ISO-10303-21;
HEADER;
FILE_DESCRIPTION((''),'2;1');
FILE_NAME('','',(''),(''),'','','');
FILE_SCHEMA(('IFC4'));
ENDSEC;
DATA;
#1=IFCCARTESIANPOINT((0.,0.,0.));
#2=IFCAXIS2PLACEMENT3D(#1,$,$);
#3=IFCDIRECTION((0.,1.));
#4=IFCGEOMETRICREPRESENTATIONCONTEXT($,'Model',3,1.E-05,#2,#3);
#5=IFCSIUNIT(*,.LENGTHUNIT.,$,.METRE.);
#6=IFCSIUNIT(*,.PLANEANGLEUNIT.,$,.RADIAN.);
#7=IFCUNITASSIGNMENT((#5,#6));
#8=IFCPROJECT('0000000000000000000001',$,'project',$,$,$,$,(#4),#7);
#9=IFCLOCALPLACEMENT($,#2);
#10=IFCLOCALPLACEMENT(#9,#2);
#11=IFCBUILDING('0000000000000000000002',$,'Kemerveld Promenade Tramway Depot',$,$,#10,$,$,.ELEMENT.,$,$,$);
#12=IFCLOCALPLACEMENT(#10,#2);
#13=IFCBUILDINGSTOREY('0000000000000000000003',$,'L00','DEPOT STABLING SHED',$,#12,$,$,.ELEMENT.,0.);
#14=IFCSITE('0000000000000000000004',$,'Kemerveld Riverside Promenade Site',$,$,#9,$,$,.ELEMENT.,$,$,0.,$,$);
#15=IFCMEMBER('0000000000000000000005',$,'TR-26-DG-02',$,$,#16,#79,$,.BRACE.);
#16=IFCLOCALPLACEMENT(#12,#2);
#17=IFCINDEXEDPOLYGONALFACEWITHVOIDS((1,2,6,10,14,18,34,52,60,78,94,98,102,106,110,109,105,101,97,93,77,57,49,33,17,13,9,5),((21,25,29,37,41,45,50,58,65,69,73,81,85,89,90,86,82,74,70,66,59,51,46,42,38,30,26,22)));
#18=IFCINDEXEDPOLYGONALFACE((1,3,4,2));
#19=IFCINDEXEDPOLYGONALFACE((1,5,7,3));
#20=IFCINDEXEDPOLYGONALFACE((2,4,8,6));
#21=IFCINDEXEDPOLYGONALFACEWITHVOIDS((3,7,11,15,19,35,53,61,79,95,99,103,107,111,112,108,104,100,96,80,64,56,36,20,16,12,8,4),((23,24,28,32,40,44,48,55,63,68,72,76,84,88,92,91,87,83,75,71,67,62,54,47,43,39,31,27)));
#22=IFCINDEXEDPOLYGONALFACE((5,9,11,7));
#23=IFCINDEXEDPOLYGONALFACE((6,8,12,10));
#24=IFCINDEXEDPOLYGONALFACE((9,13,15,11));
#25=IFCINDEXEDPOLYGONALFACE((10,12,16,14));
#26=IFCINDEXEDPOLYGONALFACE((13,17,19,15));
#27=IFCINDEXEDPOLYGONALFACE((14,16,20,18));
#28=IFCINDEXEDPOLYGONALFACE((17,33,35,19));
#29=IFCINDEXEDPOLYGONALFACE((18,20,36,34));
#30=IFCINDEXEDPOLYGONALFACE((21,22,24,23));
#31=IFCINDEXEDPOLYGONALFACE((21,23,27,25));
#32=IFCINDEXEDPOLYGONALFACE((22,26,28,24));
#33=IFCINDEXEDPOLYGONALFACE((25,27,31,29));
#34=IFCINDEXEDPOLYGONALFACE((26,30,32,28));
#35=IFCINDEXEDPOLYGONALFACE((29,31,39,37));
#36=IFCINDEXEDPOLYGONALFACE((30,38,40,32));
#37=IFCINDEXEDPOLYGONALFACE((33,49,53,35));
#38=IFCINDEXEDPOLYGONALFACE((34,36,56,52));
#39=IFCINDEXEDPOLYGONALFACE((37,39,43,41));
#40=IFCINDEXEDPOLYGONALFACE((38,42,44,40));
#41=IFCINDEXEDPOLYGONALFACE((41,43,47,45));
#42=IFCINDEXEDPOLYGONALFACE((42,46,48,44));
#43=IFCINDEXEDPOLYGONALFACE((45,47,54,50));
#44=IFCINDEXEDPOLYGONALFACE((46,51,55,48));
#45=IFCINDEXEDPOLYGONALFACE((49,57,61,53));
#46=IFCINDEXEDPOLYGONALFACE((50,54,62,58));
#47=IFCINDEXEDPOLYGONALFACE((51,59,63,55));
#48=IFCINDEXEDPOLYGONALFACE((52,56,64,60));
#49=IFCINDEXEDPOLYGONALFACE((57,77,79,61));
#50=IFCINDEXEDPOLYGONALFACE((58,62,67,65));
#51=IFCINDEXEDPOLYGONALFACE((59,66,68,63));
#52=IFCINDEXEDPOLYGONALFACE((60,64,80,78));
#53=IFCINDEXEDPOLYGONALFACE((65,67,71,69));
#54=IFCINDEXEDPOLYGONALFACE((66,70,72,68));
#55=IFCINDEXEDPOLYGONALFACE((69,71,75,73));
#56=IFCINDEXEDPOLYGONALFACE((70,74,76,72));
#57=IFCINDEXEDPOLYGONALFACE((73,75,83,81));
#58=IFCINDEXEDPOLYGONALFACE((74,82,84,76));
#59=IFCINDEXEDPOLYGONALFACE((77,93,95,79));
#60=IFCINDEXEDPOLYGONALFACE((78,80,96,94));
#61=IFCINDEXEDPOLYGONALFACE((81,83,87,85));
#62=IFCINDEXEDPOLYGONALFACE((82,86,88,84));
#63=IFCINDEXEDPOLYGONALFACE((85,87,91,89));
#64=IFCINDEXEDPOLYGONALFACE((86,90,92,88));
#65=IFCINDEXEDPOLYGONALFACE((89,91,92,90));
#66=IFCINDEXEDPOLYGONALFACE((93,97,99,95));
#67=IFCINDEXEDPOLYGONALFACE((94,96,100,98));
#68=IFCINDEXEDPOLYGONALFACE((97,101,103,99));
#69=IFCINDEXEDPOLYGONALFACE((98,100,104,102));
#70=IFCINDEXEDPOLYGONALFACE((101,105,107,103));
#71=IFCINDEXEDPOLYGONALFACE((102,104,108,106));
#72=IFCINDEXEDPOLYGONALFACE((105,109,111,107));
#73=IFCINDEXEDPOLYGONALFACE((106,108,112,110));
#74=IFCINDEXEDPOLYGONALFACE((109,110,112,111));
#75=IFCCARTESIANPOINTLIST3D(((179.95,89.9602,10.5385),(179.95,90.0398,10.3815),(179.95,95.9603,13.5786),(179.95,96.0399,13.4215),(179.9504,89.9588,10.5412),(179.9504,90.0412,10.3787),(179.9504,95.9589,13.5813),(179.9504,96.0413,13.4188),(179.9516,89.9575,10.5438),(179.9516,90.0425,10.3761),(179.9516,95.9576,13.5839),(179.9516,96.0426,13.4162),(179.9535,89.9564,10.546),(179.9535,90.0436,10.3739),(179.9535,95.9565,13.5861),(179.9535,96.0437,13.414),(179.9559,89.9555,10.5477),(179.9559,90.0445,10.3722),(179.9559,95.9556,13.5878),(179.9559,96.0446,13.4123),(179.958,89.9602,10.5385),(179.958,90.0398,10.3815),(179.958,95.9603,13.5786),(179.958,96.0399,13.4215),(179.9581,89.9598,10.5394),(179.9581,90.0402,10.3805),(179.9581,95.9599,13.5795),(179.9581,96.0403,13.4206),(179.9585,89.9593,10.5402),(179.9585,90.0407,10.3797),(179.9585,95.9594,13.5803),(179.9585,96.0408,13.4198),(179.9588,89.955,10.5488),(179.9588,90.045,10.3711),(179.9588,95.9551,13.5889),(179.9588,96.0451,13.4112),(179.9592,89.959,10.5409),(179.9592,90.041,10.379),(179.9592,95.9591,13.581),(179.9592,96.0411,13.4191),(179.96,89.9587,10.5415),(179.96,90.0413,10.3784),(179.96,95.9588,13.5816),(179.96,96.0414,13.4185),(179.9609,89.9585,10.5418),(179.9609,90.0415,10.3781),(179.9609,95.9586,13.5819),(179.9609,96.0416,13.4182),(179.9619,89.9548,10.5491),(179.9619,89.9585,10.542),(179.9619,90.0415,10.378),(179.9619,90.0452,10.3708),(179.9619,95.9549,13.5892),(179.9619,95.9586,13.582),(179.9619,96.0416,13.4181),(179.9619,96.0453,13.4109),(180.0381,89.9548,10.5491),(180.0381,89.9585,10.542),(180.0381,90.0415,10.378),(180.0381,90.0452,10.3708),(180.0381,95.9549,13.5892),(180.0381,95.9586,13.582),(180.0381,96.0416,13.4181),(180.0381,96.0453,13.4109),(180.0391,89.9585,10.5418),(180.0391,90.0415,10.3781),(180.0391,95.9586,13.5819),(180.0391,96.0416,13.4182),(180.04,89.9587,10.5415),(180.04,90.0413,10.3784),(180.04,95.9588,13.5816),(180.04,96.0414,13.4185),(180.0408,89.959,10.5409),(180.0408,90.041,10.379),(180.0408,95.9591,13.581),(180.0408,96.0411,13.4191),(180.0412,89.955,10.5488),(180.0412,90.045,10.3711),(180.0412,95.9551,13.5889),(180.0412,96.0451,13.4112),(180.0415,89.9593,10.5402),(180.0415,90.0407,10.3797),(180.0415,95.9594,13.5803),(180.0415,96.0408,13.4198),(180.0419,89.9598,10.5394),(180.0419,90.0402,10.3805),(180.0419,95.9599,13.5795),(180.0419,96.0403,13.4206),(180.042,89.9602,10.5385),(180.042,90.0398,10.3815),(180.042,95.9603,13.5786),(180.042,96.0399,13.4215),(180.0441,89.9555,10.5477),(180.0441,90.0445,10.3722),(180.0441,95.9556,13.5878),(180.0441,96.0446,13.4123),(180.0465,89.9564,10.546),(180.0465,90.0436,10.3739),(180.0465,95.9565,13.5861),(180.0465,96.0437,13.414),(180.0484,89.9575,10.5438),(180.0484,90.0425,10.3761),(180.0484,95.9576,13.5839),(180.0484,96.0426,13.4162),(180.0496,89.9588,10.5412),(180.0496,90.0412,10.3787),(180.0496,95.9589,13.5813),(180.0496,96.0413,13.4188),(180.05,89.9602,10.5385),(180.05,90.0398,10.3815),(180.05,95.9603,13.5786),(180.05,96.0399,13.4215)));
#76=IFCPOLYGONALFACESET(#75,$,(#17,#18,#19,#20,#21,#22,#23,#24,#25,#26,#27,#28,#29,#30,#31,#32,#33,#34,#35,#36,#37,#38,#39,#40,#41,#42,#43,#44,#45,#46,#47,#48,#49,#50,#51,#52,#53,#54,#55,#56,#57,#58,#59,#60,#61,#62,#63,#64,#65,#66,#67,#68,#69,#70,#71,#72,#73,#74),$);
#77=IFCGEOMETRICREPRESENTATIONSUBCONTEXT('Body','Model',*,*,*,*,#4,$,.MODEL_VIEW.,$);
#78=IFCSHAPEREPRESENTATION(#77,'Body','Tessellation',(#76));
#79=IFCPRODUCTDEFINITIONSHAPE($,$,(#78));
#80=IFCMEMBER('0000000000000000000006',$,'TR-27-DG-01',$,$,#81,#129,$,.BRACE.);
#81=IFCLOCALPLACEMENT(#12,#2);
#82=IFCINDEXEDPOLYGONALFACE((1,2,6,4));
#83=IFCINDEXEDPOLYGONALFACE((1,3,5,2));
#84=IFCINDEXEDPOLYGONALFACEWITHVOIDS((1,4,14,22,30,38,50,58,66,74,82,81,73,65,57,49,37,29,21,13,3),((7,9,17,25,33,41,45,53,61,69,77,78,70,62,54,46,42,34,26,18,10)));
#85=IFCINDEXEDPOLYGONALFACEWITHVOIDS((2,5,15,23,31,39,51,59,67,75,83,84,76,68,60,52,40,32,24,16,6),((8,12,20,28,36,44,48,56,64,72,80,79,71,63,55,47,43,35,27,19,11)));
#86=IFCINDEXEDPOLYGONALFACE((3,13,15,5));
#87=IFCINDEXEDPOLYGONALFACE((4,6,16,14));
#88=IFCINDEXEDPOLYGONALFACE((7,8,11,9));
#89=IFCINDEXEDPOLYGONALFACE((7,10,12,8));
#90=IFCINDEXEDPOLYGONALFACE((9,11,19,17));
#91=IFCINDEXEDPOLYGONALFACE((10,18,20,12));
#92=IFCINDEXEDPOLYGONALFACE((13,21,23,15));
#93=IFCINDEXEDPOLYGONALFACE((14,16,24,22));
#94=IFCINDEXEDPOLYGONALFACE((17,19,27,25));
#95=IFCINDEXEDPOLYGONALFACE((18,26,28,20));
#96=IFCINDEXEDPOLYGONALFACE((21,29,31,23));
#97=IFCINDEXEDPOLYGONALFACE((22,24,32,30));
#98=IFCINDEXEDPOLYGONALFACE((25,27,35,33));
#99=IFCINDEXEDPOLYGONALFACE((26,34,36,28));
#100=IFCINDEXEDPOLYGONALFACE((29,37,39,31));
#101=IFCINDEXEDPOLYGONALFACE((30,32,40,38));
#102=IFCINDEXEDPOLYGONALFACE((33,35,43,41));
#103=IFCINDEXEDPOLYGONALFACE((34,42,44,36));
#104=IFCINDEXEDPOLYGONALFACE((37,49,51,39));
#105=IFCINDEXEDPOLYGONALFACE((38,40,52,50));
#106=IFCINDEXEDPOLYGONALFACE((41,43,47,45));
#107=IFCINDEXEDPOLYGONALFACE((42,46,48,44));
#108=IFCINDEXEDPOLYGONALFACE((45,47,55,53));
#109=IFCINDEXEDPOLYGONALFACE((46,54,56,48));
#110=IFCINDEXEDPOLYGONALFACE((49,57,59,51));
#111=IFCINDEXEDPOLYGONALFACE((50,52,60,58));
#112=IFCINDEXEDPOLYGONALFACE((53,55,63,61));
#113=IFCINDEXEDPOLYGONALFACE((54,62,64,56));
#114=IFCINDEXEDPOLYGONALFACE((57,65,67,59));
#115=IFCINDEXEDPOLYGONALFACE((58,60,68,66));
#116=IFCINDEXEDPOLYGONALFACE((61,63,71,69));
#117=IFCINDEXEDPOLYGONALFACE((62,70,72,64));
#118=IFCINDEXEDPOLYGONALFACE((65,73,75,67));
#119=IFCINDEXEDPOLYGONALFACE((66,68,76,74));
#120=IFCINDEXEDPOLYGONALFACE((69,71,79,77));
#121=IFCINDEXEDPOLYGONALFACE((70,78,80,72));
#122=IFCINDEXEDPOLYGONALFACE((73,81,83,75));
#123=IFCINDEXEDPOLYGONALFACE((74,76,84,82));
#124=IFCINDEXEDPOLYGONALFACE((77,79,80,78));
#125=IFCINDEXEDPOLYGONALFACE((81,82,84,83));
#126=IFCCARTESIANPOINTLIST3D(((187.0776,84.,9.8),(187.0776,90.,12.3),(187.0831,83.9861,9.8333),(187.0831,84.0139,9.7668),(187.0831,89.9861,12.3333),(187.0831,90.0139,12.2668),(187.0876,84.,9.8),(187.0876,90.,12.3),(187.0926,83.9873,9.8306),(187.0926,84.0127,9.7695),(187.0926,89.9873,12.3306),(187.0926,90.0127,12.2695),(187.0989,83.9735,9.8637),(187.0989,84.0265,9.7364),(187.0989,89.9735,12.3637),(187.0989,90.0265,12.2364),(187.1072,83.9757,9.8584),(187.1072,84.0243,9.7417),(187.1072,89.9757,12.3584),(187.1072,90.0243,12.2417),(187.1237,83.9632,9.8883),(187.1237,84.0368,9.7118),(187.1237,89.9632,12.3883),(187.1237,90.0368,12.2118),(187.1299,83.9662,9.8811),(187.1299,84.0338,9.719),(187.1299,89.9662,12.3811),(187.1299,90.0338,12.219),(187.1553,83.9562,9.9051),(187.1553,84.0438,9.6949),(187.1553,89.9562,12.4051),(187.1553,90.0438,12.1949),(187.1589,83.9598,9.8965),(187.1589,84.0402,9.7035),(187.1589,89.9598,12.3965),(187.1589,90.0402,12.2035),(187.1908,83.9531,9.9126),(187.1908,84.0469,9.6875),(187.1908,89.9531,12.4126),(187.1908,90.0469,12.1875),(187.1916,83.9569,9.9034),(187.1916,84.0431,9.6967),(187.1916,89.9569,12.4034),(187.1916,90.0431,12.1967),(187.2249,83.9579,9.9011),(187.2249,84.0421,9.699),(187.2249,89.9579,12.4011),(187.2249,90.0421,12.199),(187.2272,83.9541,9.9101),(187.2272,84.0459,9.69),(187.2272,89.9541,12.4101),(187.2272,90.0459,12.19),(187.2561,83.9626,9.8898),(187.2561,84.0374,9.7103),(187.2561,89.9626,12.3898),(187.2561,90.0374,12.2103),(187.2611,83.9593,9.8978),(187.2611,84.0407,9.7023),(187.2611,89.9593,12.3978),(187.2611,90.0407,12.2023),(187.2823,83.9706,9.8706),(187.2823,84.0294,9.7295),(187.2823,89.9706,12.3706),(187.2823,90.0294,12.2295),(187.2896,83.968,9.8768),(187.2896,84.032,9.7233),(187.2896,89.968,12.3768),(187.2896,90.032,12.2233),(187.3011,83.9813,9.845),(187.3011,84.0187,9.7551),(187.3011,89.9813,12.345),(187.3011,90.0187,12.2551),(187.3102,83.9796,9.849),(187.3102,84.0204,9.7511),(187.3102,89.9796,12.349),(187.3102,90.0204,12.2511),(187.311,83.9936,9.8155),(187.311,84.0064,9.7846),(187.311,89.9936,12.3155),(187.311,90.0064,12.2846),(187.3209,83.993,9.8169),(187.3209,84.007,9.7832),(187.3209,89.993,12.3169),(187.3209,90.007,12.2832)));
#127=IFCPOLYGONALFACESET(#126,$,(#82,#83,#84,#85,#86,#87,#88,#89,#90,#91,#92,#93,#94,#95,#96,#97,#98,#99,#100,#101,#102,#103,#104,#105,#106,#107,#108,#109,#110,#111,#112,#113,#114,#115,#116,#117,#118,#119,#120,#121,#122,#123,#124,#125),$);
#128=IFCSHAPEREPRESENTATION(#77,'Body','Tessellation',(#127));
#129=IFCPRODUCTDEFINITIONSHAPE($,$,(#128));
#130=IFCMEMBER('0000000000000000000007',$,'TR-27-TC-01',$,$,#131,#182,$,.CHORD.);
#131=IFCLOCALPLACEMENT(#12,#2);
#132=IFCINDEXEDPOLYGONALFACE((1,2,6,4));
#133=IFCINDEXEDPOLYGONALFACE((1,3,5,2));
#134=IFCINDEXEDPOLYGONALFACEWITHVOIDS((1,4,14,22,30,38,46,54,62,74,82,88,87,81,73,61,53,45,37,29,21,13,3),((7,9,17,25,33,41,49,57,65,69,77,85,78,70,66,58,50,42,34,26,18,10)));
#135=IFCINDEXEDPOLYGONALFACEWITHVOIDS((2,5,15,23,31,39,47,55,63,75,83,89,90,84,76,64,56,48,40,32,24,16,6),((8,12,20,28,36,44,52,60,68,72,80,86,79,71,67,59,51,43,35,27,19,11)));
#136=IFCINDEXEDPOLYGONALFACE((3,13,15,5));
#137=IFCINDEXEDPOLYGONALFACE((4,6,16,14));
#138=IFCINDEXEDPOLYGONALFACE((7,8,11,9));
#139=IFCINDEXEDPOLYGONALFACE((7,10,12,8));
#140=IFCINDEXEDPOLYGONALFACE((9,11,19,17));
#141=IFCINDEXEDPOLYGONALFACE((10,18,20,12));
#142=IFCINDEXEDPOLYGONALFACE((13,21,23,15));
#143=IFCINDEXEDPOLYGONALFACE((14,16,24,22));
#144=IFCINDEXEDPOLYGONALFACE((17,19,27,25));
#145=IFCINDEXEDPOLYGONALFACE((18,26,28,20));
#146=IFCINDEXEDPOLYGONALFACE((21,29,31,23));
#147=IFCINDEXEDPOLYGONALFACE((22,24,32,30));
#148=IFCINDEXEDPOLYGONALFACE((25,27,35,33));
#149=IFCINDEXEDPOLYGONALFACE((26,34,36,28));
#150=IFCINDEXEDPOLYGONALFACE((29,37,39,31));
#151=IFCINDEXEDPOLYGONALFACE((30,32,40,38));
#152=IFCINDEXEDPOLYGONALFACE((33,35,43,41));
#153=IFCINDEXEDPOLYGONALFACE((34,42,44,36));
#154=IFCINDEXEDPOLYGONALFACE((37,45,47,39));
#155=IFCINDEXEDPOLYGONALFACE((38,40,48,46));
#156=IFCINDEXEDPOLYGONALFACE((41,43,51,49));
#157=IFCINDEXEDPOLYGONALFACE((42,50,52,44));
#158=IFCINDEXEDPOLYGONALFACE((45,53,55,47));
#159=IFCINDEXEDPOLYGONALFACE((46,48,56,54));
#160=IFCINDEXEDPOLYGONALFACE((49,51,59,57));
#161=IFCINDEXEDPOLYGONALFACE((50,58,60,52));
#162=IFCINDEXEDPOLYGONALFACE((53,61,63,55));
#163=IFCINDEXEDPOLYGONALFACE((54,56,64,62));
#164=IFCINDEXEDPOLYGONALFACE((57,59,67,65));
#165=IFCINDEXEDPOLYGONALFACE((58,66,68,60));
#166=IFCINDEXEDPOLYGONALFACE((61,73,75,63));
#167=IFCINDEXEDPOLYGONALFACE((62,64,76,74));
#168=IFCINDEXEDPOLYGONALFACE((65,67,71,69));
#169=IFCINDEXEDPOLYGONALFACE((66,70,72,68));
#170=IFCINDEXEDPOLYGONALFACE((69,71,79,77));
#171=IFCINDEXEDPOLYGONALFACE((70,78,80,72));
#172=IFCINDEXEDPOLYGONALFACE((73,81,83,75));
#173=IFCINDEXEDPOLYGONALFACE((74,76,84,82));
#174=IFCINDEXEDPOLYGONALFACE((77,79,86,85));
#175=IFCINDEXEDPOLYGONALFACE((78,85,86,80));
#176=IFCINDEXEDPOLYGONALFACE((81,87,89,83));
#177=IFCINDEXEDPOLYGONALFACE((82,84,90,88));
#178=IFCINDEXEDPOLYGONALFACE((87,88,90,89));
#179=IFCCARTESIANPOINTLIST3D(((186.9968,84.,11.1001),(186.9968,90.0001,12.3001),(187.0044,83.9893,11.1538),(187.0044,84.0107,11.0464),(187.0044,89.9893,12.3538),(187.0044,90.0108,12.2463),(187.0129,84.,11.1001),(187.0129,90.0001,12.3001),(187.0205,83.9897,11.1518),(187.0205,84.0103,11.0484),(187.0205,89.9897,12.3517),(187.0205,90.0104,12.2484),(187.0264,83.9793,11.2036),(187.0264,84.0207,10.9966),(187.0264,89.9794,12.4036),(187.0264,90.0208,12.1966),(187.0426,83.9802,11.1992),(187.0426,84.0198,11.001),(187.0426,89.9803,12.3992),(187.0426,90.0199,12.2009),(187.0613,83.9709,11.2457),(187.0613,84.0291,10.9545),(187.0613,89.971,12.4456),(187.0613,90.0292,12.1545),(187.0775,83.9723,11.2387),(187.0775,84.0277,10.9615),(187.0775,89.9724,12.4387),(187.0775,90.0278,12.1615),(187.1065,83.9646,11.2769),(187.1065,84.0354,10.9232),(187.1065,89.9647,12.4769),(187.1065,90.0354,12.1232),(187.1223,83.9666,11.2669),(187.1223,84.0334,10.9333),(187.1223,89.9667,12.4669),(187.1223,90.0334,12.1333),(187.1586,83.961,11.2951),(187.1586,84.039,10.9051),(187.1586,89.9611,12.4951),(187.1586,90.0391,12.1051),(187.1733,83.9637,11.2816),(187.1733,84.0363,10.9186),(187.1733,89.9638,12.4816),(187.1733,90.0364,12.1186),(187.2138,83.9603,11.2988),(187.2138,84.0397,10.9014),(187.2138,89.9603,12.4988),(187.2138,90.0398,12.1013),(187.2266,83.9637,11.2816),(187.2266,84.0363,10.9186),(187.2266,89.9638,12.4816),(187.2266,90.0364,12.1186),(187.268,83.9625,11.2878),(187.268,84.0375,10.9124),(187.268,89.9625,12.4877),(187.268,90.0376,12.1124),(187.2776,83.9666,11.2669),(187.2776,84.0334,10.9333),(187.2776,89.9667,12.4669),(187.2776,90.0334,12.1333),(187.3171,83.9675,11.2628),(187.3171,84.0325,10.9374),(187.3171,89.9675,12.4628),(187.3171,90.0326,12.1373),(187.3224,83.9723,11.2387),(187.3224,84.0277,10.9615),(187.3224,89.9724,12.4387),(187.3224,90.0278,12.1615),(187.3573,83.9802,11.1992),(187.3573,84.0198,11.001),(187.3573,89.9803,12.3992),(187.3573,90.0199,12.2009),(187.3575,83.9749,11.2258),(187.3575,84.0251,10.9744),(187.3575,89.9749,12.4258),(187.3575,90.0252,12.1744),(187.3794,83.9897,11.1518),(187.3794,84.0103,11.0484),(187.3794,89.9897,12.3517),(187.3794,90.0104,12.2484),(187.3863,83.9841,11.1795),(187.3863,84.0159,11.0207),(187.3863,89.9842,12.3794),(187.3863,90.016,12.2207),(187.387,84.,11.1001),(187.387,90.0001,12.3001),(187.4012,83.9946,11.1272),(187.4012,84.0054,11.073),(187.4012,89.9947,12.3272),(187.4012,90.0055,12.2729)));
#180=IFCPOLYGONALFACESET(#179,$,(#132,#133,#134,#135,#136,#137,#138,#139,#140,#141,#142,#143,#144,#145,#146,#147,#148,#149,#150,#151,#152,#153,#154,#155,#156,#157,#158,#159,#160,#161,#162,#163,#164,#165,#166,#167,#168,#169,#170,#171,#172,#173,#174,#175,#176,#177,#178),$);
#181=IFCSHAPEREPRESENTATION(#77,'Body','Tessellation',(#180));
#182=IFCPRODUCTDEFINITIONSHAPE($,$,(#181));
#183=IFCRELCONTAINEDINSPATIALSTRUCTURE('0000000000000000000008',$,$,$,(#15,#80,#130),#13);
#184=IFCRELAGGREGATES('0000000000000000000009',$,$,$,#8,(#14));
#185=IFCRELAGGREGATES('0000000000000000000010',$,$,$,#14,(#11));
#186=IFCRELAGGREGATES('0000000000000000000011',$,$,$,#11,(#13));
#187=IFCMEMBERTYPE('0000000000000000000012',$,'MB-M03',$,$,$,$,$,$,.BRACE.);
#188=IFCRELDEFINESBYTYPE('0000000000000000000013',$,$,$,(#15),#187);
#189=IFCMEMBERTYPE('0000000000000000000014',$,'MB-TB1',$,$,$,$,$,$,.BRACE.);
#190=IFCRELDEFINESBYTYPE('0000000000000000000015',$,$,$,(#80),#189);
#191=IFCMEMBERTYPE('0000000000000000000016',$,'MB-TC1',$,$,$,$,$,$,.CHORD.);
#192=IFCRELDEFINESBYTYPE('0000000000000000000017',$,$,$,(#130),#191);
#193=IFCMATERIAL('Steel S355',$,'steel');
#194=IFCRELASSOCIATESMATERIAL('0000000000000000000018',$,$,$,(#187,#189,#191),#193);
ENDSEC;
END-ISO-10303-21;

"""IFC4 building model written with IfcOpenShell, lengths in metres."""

from ifc_helpers import new_model, si_unit, direction, frame, origin, origin_2d, place, context, subcontext, project, spatial, hollow_rectangle, hollow_circle, extrude, material, material_profile, profile_set, type_object, element, save


model = new_model("IFC4")

# Units and contexts
model_context = context("Model", 3, precision=1e-05, world=origin(), true_north=direction((0.0, 1.0)))
body_context = subcontext(model_context, "Body", "Model", "MODEL_VIEW")
ifc_project = project(units=[si_unit("LENGTHUNIT", "METRE"), si_unit("PLANEANGLEUNIT", "RADIAN")], contexts=[model_context])

# Site, building, storey
site_placement = place(None, origin())
site = spatial("IfcSite", under=ifc_project, at=site_placement, Name="Kemerveld Riverside Promenade Site", CompositionType="ELEMENT", RefElevation=0.0)
building_placement = place(site_placement, origin())
building = spatial("IfcBuilding", under=site, at=building_placement, Name="Kemerveld Promenade Tramway Depot", CompositionType="ELEMENT")
storey_placement = place(building_placement, origin())
storey = spatial("IfcBuildingStorey", under=building, at=storey_placement, Name="L00", Description="DEPOT STABLING SHED", CompositionType="ELEMENT", Elevation=0.0)

# Shared definitions
ifc_material_1 = material(Name="Steel S355", Category="steel")

# Members
ifc_material_profile_1 = material_profile(ifc_material_1, hollow_rectangle(XDim=0.1001, YDim=0.2, WallThickness=0.0081, InnerFilletRadius=0.0039, OuterFilletRadius=0.012, at=origin_2d()), Name="200x100x8.0 RHS")
ifc_profile_set_1 = profile_set([ifc_material_profile_1], Name="Steel S355")
member_type_1 = type_object("IfcMemberType", Name="MB-M03", PredefinedType="BRACE", material=ifc_profile_set_1)
member_1_placement = place(storey_placement, frame((180.0, 90.0, 10.46), z_axis=(0.0, 0.892033, 0.451969), x_axis=(-1.0, 0.0, 0.0)))
element("IfcMember", 1, at=member_1_placement, inside=storey, type_object=member_type_1, Name="TR-26-DG-02", PredefinedType="BRACE", context=body_context, shape_type="SweptSolid", body=[
    extrude(hollow_rectangle(XDim=0.1001, YDim=0.2, WallThickness=0.0081, InnerFilletRadius=0.0039, OuterFilletRadius=0.012, at=origin_2d()), origin(), (0.0, 0.0, 1.0), 6.7263),
])
ifc_material_profile_2 = material_profile(ifc_material_1, hollow_circle(Radius=0.1223, WallThickness=0.01, at=origin_2d()), Name="244.5x10.0 CHS")
ifc_profile_set_2 = profile_set([ifc_material_profile_2], Name="Steel S355")
member_type_2 = type_object("IfcMemberType", Name="MB-TB1", PredefinedType="BRACE", material=ifc_profile_set_2)
member_2_placement = place(storey_placement, frame((187.2, 84.0, 9.8), z_axis=(0.0, 0.923077, 0.384615), x_axis=(-1.0, 0.0, 0.0)))
element("IfcMember", 2, at=member_2_placement, inside=storey, type_object=member_type_2, Name="TR-27-DG-01", PredefinedType="BRACE", context=body_context, shape_type="SweptSolid", body=[
    extrude(hollow_circle(Radius=0.1223, WallThickness=0.01, at=origin_2d()), origin(), (0.0, 0.0, 1.0), 6.5),
])
ifc_material_profile_3 = material_profile(ifc_material_1, hollow_circle(Radius=0.2031, WallThickness=0.0161, at=origin_2d()), Name="406.4x16.0 CHS")
ifc_profile_set_3 = profile_set([ifc_material_profile_3], Name="Steel S355")
member_type_3 = type_object("IfcMemberType", Name="MB-TC1", PredefinedType="CHORD", material=ifc_profile_set_3)
member_3_placement = place(storey_placement, frame((187.2, 84.0, 11.1001), z_axis=(0.0, 0.980582, 0.196108), x_axis=(-1.0, 0.0, 0.0)))
element("IfcMember", 3, at=member_3_placement, inside=storey, type_object=member_type_3, Name="TR-27-TC-01", PredefinedType="CHORD", context=body_context, shape_type="SweptSolid", body=[
    extrude(hollow_circle(Radius=0.2031, WallThickness=0.0161, at=origin_2d()), origin(), (0.0, 0.0, 1.0), 6.1189),
])

save(model, "model.ifc")
